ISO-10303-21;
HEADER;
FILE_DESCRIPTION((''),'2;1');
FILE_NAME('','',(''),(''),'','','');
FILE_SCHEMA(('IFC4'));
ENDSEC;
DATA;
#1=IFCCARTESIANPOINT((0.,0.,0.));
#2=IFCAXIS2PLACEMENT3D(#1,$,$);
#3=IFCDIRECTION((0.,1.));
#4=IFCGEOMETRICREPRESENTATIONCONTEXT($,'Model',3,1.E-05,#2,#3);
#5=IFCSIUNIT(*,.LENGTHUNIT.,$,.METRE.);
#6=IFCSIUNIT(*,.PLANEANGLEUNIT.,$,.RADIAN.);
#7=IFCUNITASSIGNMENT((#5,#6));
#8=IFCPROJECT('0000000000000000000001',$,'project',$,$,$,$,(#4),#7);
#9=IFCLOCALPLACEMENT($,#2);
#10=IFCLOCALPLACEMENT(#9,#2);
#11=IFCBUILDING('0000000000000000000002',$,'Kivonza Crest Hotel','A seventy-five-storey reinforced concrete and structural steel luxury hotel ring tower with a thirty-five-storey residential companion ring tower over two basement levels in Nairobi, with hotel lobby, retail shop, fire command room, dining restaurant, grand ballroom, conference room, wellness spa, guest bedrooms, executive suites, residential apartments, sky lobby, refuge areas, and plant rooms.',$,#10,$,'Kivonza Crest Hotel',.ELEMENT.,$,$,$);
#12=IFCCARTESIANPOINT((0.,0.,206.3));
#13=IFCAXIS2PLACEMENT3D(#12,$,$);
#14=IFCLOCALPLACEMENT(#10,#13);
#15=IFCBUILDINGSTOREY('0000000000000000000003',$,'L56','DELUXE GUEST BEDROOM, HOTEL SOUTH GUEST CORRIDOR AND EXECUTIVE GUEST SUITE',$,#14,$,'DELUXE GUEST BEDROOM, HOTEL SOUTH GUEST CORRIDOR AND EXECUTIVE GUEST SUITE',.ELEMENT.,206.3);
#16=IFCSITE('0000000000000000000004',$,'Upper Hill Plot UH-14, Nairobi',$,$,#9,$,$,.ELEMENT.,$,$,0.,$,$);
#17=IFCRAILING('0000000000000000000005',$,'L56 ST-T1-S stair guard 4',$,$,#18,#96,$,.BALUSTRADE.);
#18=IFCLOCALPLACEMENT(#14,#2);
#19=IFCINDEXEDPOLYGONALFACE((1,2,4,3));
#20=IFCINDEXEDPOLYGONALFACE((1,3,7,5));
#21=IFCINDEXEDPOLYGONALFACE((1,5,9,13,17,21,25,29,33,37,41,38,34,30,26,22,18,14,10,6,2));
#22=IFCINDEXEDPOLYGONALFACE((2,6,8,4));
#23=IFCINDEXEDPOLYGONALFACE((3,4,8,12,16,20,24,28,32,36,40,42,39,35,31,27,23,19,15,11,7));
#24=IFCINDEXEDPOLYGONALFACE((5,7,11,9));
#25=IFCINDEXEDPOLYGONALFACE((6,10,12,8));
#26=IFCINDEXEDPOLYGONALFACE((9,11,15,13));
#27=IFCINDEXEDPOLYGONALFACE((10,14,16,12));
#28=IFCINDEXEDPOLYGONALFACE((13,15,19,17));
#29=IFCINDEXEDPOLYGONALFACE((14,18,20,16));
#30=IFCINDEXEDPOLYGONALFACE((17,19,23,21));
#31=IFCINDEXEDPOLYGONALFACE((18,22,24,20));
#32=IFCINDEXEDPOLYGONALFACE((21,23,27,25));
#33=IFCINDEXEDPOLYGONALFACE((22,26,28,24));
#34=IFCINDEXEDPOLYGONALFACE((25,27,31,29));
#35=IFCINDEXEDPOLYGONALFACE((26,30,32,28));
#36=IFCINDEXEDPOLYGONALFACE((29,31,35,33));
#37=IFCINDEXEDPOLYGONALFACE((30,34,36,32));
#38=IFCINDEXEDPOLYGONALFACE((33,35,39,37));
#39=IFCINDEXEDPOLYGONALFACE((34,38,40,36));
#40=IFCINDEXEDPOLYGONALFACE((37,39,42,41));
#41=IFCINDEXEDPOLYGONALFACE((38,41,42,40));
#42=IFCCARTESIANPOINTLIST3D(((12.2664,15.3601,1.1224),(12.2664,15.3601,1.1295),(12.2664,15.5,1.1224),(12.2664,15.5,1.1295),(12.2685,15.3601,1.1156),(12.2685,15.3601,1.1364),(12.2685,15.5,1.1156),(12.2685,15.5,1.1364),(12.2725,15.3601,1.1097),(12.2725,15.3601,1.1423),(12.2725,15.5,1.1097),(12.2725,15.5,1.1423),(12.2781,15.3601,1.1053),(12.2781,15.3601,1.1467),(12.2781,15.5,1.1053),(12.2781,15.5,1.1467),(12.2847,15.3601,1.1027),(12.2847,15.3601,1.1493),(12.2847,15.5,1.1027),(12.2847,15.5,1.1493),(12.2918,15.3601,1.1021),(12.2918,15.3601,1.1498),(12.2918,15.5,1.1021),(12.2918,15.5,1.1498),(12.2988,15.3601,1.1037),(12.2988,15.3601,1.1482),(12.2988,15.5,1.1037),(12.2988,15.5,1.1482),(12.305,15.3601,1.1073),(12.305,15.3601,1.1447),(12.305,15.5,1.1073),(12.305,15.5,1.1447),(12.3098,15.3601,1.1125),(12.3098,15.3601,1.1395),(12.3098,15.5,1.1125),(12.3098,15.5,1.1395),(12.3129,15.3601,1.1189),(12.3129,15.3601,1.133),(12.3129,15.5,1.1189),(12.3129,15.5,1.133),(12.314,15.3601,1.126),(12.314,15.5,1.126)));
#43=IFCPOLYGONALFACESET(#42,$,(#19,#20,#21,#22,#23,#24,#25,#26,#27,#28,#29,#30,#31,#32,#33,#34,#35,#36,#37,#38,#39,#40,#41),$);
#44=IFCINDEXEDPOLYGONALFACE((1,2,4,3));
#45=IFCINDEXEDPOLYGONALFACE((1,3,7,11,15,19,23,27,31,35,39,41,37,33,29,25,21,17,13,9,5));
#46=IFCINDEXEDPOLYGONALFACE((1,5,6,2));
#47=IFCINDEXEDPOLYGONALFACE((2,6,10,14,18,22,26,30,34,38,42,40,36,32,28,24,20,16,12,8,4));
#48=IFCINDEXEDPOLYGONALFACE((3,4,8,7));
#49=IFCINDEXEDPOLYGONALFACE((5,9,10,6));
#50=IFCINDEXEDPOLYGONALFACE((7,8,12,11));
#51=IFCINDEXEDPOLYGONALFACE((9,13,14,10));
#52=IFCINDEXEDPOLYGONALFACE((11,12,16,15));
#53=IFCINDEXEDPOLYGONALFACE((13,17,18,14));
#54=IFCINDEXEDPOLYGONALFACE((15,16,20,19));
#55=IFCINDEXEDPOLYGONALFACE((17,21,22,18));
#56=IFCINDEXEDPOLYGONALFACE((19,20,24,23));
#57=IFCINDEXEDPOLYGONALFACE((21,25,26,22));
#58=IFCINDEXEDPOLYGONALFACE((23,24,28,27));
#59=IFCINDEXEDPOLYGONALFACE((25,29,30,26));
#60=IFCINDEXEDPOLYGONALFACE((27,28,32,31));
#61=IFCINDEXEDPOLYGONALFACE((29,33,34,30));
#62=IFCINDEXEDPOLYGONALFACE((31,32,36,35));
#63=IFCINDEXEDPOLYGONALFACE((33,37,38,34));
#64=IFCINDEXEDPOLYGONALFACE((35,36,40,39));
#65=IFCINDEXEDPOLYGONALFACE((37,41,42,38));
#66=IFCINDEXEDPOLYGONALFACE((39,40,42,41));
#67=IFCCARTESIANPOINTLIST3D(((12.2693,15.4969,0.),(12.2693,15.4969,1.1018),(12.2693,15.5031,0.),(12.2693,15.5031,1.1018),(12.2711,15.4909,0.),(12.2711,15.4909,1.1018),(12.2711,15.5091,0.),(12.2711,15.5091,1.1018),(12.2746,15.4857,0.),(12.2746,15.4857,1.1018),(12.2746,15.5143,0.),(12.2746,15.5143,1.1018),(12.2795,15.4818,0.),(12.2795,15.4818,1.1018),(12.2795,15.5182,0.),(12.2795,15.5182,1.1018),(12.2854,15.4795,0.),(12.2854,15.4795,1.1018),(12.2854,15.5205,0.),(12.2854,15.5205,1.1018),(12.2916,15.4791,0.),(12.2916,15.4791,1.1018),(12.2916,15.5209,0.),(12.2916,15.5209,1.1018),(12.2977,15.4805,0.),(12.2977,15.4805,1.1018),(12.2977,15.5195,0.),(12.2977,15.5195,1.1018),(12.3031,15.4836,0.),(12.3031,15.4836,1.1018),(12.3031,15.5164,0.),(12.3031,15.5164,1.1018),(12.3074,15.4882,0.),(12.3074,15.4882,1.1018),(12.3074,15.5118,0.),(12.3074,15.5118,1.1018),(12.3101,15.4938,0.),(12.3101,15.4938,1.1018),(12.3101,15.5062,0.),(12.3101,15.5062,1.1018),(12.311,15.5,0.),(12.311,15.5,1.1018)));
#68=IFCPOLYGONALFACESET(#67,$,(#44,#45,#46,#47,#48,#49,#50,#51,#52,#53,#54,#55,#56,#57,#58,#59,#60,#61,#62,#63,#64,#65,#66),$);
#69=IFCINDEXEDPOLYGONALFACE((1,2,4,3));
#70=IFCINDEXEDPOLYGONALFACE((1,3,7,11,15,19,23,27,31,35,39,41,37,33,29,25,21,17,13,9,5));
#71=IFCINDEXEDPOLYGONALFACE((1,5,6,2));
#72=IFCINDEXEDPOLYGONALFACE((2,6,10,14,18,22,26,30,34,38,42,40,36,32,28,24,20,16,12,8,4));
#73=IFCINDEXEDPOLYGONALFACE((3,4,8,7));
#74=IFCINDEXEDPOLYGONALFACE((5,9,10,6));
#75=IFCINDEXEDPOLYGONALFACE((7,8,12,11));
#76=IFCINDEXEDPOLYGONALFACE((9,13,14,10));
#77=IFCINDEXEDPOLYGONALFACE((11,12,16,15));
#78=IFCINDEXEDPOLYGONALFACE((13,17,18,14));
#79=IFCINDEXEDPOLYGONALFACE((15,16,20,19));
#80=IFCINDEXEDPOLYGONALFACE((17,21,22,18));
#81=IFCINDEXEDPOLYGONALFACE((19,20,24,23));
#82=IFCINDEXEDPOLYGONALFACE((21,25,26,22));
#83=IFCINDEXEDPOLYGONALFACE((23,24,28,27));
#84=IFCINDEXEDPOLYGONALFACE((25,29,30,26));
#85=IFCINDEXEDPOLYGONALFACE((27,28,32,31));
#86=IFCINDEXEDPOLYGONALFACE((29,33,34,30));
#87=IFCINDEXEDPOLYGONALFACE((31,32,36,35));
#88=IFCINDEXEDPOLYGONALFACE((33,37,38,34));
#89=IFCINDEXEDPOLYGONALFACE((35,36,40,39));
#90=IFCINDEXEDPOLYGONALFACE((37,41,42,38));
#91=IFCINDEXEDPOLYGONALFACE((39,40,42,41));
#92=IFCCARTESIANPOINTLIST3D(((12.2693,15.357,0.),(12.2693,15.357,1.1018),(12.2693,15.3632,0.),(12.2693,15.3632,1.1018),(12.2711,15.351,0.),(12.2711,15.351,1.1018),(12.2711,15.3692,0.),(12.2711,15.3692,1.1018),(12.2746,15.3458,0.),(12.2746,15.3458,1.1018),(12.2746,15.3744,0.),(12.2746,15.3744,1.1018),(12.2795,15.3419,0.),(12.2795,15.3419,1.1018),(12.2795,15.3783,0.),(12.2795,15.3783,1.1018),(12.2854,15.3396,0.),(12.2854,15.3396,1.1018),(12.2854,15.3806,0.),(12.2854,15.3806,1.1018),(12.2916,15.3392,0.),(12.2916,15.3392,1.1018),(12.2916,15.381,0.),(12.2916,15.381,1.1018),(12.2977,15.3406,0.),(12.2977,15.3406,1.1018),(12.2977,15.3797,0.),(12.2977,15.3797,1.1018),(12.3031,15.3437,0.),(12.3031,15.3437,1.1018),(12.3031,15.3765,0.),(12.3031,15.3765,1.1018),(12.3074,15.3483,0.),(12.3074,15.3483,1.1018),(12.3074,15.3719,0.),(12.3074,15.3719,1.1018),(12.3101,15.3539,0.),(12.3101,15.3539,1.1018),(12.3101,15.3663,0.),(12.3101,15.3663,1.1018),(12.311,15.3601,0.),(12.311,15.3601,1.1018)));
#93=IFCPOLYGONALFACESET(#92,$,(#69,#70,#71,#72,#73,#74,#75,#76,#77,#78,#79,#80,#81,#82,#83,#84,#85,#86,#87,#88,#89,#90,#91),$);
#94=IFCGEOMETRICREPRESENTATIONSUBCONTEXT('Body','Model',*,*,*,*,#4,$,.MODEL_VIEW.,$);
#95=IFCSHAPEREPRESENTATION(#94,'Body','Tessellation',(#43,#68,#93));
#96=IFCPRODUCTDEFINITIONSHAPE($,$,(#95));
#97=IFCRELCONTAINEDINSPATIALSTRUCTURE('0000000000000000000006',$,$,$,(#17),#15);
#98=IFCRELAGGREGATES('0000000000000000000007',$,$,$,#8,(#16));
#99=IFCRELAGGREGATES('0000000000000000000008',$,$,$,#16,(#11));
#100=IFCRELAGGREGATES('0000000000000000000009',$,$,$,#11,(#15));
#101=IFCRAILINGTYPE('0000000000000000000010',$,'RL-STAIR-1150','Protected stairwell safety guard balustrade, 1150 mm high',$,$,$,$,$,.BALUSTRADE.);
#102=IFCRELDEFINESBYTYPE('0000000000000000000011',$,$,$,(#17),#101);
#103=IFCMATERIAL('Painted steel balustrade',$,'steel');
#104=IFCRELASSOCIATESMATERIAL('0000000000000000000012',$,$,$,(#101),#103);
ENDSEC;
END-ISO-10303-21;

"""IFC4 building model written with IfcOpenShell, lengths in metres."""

from ifc_helpers import new_model, si_unit, direction, frame, origin, origin_2d, place, context, subcontext, project, spatial, circle, extrude, material, type_object, element, save


model = new_model("IFC4")

# Units and contexts
model_context = context("Model", 3, precision=1e-05, world=origin(), true_north=direction((0.0, 1.0)))
body_context = subcontext(model_context, "Body", "Model", "MODEL_VIEW")
ifc_project = project(units=[si_unit("LENGTHUNIT", "METRE"), si_unit("PLANEANGLEUNIT", "RADIAN")], contexts=[model_context])

# Site, building, storey
site_placement = place(None, origin())
site = spatial("IfcSite", under=ifc_project, at=site_placement, Name="Upper Hill Plot UH-14, Nairobi", CompositionType="ELEMENT", RefElevation=0.0)
building_placement = place(site_placement, origin())
building = spatial("IfcBuilding", under=site, at=building_placement, Name="Kivonza Crest Hotel", Description="A seventy-five-storey reinforced concrete and structural steel luxury hotel ring tower with a thirty-five-storey residential companion ring tower over two basement levels in Nairobi, with hotel lobby, retail shop, fire command room, dining restaurant, grand ballroom, conference room, wellness spa, guest bedrooms, executive suites, residential apartments, sky lobby, refuge areas, and plant rooms.", LongName="Kivonza Crest Hotel", CompositionType="ELEMENT")
storey_placement = place(building_placement, frame((0.0, 0.0, 206.3)))
storey = spatial("IfcBuildingStorey", under=building, at=storey_placement, Name="L56", Description="DELUXE GUEST BEDROOM, HOTEL SOUTH GUEST CORRIDOR AND EXECUTIVE GUEST SUITE", LongName="DELUXE GUEST BEDROOM, HOTEL SOUTH GUEST CORRIDOR AND EXECUTIVE GUEST SUITE", CompositionType="ELEMENT", Elevation=206.3)

# Railing
ifc_material_1 = material(Name="Painted steel balustrade", Category="steel")
railing_type_1 = type_object("IfcRailingType", Name="RL-STAIR-1150", Description="Protected stairwell safety guard balustrade, 1150 mm high", PredefinedType="BALUSTRADE", material=ifc_material_1)
railing_1_placement = place(storey_placement, frame((12.29, 15.5, 0.0)))
element("IfcRailing", 1, at=railing_1_placement, inside=storey, type_object=railing_type_1, Name="L56 ST-T1-S stair guard 4", PredefinedType="BALUSTRADE", context=body_context, shape_type="SweptSolid", body=[
    extrude(circle(Radius=0.0239, at=origin_2d()), frame((0.0, 0.0, 1.126), z_axis=(0.0, -1.0, 0.0), x_axis=(1.0, 0.0, 0.0)), (0.0, 0.0, 1.0), 0.1399),
    extrude(circle(Radius=0.021, at=origin_2d()), origin(), (0.0, 0.0, 1.0), 1.1018),
    extrude(circle(Radius=0.021, at=origin_2d()), frame((0.0, -0.1399, 0.0)), (0.0, 0.0, 1.0), 1.1018),
])

save(model, "model.ifc")
